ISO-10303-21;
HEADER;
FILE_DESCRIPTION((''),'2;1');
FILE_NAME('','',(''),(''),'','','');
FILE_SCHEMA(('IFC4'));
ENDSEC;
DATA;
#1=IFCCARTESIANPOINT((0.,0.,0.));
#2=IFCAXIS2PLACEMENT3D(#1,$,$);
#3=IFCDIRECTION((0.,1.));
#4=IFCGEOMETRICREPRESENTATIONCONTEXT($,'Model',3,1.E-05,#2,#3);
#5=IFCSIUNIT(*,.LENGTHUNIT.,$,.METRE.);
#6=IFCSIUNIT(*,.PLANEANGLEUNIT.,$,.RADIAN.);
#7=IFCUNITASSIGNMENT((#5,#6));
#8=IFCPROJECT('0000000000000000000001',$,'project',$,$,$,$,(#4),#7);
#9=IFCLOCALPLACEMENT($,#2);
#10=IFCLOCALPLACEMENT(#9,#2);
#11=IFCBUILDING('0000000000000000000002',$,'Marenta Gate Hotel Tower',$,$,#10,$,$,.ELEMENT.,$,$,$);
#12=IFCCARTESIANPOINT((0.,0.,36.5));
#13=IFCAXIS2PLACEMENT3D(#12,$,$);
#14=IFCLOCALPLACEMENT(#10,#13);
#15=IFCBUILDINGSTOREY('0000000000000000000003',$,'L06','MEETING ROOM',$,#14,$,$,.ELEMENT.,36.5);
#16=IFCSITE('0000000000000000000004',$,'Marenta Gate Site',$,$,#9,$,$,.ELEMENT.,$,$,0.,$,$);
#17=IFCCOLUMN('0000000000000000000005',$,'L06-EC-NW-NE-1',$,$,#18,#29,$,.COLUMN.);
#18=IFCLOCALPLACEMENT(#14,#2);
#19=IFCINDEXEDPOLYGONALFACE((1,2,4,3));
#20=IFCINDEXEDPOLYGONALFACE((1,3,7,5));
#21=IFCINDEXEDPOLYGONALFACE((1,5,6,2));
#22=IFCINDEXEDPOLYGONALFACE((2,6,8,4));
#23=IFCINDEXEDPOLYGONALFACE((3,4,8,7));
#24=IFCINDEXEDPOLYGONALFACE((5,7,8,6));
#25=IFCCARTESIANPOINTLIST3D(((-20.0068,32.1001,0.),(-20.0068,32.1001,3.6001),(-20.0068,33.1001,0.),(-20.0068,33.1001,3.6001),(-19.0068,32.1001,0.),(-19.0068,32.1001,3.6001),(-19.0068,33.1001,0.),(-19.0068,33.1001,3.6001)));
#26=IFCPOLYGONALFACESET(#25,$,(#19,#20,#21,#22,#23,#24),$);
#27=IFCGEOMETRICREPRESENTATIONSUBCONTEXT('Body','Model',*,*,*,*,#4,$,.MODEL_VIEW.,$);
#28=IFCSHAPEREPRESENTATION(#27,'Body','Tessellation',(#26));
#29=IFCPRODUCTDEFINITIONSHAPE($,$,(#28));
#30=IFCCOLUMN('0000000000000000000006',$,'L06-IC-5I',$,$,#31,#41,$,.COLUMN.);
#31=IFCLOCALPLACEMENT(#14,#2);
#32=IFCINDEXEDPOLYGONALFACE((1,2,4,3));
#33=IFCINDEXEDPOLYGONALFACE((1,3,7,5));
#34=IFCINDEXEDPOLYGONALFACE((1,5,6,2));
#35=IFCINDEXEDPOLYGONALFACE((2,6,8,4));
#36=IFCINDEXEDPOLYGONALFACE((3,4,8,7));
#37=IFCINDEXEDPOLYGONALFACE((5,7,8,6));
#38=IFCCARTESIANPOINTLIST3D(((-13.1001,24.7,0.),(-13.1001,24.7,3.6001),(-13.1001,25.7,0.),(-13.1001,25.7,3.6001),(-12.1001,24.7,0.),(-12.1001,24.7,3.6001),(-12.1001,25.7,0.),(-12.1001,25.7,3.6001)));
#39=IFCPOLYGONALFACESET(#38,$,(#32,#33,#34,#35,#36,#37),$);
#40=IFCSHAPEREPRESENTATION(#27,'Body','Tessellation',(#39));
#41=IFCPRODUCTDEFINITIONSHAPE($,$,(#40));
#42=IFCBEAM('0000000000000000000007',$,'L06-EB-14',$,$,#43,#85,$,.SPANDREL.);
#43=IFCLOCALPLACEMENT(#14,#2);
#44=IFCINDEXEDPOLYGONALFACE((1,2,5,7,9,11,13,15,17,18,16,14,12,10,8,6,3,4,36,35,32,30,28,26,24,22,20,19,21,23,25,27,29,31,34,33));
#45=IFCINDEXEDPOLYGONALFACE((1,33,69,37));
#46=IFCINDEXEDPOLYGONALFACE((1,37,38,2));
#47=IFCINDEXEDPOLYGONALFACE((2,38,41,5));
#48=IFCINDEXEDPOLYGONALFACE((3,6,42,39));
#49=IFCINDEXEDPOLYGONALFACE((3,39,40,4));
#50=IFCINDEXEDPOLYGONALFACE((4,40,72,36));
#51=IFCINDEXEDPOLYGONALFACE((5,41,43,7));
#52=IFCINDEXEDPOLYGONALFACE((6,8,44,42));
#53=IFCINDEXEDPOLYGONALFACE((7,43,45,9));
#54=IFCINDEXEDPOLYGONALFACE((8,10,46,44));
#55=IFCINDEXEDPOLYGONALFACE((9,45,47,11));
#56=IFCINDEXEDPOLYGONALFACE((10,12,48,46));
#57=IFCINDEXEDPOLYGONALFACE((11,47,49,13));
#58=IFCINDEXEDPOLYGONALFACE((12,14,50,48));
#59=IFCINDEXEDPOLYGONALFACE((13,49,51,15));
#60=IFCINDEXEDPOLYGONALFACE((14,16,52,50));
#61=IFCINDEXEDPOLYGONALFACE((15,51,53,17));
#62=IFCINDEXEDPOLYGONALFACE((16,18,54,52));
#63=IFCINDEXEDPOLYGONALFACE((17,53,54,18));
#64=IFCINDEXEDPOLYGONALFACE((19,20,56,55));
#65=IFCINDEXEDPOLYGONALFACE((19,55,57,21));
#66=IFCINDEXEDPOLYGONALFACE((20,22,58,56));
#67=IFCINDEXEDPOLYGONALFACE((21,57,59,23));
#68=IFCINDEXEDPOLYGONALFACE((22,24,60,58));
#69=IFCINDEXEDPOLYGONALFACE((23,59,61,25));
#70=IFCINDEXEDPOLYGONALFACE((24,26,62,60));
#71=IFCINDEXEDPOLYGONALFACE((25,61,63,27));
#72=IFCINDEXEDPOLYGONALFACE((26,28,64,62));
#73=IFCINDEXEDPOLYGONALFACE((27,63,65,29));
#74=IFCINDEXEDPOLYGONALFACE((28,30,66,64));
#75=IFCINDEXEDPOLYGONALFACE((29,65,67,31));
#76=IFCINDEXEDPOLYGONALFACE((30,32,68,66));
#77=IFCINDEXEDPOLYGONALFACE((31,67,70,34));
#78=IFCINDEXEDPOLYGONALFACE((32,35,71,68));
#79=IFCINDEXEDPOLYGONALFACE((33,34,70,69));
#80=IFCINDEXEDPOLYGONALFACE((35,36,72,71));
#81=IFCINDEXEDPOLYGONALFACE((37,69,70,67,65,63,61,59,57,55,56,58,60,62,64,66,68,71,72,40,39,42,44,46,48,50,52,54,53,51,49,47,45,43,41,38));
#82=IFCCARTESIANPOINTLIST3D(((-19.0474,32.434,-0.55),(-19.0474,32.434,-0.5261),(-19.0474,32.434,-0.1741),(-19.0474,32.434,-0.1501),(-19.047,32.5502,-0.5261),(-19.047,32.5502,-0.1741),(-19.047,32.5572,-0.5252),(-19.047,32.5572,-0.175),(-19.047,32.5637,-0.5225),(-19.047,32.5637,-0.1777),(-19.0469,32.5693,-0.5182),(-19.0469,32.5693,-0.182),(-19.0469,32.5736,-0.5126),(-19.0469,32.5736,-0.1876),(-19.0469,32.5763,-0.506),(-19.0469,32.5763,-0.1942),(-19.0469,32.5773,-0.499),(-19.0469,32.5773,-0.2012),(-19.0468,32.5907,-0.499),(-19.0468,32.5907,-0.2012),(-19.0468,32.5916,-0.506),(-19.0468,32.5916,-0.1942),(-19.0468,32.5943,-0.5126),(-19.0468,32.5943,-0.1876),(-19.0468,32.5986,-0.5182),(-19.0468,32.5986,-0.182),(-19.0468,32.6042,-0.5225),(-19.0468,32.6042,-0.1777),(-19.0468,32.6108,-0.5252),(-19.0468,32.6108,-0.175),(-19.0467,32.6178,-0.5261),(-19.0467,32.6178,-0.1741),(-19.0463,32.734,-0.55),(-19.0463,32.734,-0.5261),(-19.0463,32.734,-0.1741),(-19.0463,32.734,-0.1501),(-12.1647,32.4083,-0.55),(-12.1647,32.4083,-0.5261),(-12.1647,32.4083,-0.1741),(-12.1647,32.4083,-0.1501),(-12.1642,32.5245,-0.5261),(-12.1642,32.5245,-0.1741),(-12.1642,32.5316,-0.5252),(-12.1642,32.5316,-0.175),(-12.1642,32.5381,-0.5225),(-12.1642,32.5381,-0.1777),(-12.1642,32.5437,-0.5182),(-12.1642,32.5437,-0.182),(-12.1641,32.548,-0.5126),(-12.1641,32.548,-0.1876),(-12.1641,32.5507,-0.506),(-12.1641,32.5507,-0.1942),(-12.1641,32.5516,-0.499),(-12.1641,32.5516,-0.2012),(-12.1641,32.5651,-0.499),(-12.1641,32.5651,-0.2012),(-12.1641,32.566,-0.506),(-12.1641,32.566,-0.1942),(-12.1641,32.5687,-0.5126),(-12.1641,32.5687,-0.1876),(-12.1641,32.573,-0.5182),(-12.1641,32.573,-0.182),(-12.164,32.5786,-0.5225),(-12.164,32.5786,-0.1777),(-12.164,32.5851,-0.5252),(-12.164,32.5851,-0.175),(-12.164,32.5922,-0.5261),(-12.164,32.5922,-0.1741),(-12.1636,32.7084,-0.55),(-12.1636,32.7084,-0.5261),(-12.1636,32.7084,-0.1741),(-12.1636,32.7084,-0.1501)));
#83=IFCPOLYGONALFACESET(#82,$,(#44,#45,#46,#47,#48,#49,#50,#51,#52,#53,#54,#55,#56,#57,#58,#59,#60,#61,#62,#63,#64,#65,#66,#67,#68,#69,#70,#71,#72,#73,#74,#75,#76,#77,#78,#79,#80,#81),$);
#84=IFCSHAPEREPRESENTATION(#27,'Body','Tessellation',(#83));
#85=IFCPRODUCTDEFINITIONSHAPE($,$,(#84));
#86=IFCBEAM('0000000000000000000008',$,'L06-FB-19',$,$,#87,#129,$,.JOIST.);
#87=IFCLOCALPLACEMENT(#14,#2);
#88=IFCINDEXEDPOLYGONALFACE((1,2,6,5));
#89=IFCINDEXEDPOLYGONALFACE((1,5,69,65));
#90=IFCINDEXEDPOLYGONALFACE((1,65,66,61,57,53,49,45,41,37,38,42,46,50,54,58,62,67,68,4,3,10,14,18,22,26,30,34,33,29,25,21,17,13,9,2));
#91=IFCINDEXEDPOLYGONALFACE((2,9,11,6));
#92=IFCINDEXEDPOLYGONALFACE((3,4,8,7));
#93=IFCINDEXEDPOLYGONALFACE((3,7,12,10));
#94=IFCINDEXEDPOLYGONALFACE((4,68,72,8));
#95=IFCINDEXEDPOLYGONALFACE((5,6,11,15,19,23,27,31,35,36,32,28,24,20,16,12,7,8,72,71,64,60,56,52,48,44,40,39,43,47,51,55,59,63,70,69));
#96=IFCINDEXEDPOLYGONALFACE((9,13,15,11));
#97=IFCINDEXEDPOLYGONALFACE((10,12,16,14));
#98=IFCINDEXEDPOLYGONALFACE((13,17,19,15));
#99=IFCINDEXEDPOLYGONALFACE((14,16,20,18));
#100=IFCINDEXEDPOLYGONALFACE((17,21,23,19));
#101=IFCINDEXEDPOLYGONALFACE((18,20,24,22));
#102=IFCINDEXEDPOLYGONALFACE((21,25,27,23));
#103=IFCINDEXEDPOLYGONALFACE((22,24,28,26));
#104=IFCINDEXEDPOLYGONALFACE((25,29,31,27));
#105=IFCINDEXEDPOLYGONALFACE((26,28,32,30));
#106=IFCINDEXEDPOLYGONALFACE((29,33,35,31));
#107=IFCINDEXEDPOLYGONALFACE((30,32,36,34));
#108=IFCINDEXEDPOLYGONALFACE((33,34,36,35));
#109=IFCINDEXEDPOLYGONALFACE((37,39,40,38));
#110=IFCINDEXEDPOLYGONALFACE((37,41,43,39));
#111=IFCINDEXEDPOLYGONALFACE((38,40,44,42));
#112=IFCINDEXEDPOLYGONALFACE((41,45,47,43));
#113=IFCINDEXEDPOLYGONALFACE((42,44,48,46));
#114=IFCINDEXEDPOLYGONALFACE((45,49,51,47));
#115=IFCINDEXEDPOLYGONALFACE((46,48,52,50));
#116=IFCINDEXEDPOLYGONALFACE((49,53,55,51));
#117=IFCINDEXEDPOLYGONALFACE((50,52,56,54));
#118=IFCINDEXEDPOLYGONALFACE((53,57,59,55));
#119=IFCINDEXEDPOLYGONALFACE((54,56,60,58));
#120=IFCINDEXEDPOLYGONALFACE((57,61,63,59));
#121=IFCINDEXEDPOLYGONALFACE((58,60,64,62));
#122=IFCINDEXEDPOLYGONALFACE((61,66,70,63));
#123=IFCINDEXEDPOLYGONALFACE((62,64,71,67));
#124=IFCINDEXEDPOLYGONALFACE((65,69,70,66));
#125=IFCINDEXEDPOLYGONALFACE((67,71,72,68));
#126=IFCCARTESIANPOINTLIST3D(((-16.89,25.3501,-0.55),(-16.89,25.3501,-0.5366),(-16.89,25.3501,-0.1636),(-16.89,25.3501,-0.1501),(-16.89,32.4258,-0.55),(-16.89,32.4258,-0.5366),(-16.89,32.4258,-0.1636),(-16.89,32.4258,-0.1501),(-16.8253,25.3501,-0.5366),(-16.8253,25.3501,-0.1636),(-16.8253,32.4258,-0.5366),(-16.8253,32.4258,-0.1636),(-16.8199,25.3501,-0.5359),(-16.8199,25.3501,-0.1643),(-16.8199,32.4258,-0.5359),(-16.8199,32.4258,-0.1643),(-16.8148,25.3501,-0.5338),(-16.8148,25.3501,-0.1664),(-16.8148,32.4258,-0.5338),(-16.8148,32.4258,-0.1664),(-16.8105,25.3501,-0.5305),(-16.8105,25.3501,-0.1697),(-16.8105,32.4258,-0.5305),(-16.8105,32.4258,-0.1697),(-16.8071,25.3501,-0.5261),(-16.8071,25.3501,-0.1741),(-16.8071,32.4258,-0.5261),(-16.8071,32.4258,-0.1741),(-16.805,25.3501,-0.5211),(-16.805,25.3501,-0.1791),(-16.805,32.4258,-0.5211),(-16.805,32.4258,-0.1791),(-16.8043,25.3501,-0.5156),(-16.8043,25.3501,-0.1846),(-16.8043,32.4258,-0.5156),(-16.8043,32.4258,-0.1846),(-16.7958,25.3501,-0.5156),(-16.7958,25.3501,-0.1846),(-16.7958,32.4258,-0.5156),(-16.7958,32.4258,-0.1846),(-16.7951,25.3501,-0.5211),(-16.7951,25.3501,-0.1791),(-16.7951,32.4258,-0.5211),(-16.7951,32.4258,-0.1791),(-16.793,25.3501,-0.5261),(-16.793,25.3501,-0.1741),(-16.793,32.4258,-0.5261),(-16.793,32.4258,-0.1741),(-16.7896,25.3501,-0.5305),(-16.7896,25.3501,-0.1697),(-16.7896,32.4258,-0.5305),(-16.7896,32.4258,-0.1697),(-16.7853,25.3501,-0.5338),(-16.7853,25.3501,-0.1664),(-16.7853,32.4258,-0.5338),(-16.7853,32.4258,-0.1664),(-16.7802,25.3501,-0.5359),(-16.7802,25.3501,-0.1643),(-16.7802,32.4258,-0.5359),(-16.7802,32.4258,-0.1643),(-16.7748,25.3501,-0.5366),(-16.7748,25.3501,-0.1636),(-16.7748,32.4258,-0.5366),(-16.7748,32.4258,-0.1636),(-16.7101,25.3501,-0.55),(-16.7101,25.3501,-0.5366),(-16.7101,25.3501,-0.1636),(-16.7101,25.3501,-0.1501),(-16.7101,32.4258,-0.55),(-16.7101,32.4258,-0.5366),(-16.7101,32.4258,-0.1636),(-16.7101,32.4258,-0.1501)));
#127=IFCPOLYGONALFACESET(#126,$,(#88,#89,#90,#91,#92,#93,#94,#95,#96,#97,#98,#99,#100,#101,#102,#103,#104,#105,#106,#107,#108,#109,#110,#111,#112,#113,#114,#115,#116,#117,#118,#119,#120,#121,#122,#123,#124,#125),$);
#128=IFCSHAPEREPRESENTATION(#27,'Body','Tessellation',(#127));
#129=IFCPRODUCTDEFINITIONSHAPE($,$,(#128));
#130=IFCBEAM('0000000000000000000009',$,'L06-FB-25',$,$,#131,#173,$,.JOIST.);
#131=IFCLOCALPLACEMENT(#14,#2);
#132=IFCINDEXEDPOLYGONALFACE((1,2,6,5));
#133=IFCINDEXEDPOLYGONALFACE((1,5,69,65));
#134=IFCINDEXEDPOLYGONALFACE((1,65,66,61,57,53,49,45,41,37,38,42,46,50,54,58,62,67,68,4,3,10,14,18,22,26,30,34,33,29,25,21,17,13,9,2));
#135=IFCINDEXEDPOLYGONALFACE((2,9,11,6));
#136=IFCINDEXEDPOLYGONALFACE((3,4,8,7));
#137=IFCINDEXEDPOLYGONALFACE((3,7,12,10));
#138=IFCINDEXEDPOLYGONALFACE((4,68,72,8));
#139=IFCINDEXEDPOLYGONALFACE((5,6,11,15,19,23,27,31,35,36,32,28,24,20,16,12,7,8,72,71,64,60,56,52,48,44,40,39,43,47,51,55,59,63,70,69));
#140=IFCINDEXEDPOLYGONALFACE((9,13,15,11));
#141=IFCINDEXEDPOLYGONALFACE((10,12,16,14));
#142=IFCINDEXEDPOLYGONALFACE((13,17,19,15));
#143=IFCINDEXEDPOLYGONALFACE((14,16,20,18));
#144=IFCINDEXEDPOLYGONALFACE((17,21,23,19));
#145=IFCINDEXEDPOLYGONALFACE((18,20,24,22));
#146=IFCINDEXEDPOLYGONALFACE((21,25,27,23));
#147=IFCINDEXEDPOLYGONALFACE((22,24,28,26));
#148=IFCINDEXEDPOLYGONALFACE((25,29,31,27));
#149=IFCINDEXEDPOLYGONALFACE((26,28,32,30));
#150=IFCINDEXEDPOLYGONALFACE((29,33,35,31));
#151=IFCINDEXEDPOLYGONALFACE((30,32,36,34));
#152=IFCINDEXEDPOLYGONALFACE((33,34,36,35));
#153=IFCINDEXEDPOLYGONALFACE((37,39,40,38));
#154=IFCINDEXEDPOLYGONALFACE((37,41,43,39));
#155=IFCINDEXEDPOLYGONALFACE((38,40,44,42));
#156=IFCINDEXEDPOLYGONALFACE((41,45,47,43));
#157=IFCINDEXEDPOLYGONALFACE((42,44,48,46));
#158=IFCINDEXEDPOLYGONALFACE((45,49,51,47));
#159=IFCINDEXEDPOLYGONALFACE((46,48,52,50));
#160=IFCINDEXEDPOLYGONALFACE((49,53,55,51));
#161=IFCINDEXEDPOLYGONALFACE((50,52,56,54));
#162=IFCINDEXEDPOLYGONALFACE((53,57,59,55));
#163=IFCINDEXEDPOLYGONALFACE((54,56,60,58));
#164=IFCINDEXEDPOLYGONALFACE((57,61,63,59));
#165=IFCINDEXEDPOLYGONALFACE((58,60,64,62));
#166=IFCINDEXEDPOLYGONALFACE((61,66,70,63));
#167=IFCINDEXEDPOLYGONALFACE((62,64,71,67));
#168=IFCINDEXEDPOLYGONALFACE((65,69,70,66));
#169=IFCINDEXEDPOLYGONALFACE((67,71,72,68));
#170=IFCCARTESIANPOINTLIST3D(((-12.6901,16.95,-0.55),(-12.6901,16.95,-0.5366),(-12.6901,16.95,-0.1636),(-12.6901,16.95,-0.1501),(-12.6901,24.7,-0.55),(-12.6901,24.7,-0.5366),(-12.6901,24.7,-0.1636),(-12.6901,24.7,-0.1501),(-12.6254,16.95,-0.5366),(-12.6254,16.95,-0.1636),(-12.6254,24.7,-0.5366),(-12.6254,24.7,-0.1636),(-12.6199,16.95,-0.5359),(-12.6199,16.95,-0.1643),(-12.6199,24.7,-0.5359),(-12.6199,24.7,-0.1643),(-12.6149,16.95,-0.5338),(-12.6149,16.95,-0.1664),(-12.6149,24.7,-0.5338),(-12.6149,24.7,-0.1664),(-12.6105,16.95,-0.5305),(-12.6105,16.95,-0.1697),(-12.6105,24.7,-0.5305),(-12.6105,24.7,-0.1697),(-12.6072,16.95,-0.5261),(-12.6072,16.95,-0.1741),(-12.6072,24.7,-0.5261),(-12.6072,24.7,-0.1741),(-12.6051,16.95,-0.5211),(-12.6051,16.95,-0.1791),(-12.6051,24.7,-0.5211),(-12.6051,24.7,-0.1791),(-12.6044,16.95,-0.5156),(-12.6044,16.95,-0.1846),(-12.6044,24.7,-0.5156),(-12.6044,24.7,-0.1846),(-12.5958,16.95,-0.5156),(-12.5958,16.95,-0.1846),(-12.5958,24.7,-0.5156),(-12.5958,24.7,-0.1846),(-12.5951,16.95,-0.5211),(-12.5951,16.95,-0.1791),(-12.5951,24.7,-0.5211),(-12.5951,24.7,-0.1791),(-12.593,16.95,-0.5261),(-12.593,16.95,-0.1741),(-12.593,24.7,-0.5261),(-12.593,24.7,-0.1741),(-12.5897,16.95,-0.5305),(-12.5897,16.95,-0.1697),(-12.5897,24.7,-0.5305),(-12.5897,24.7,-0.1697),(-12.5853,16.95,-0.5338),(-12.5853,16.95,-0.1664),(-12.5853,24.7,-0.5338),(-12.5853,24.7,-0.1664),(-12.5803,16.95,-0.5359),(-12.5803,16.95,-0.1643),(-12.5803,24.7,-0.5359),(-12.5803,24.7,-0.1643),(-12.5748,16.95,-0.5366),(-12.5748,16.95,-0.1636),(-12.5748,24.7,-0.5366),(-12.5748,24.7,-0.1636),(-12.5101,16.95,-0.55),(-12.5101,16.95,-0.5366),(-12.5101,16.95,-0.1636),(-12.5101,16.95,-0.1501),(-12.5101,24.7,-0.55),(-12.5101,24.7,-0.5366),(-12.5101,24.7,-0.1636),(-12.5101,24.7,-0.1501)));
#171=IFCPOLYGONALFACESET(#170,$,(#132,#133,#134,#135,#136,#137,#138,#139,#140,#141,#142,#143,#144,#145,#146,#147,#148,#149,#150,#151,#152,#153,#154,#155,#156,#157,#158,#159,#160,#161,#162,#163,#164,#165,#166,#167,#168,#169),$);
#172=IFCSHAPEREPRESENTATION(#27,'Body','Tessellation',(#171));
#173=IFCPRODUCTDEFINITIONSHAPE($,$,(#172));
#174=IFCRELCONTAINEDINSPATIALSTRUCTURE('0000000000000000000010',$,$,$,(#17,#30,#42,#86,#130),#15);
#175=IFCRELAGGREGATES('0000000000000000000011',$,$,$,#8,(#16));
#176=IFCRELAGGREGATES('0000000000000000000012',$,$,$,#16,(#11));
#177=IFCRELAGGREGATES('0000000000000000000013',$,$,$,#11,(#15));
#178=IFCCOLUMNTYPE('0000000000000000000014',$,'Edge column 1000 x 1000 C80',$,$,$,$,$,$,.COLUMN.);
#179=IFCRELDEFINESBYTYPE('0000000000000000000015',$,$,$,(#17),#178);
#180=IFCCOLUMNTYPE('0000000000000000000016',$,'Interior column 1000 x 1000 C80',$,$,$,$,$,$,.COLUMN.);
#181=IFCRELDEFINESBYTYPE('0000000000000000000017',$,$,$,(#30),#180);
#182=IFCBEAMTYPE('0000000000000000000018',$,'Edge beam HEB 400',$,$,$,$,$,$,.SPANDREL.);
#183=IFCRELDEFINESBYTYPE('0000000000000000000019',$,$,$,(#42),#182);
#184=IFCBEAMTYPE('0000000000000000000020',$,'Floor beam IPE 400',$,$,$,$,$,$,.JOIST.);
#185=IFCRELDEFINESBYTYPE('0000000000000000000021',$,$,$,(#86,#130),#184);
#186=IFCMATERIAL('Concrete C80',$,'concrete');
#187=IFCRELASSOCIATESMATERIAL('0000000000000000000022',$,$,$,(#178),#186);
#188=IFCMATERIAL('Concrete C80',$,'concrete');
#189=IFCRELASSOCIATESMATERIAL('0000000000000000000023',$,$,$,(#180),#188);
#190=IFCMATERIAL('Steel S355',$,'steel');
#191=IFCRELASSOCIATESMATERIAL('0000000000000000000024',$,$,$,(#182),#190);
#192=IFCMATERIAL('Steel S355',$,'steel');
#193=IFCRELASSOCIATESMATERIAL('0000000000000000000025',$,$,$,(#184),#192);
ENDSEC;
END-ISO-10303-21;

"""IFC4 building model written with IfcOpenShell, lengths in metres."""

from ifc_helpers import new_model, si_unit, direction, frame, origin, origin_2d, place, context, subcontext, project, spatial, rectangle, i_section, extrude, material, material_profile, profile_set, type_object, element, save


model = new_model("IFC4")

# Units and contexts
model_context = context("Model", 3, precision=1e-05, world=origin(), true_north=direction((0.0, 1.0)))
body_context = subcontext(model_context, "Body", "Model", "MODEL_VIEW")
ifc_project = project(units=[si_unit("LENGTHUNIT", "METRE"), si_unit("PLANEANGLEUNIT", "RADIAN")], contexts=[model_context])

# Site, building, storey
site_placement = place(None, origin())
site = spatial("IfcSite", under=ifc_project, at=site_placement, Name="Marenta Gate Site", CompositionType="ELEMENT", RefElevation=0.0)
building_placement = place(site_placement, origin())
building = spatial("IfcBuilding", under=site, at=building_placement, Name="Marenta Gate Hotel Tower", CompositionType="ELEMENT")
storey_placement = place(building_placement, frame((0.0, 0.0, 36.5)))
storey = spatial("IfcBuildingStorey", under=building, at=storey_placement, Name="L06", Description="MEETING ROOM", CompositionType="ELEMENT", Elevation=36.5)

# Columns
ifc_material_1 = material(Name="Concrete C80", Category="concrete")
ifc_material_profile_1 = material_profile(ifc_material_1, rectangle(XDim=1.0, YDim=1.0, at=origin_2d()), Name="1000 x 1000")
ifc_profile_set_1 = profile_set([ifc_material_profile_1], Name="Concrete C80")
column_type_1 = type_object("IfcColumnType", Name="Edge column 1000 x 1000 C80", PredefinedType="COLUMN", material=ifc_profile_set_1)
column_1_placement = place(storey_placement, frame((-19.5068, 32.6001, 0.0), z_axis=(0.0, 0.0, 1.0), x_axis=(1.0, 0.0, 0.0)))
element("IfcColumn", 1, at=column_1_placement, inside=storey, type_object=column_type_1, Name="L06-EC-NW-NE-1", PredefinedType="COLUMN", context=body_context, shape_type="SweptSolid", body=[
    extrude(rectangle(XDim=1.0, YDim=1.0, at=origin_2d()), origin(), (0.0, 0.0, 1.0), 3.6001),
])
ifc_material_2 = material(Name="Concrete C80", Category="concrete")
ifc_material_profile_2 = material_profile(ifc_material_2, rectangle(XDim=1.0, YDim=1.0, at=origin_2d()), Name="1000 x 1000")
ifc_profile_set_2 = profile_set([ifc_material_profile_2], Name="Concrete C80")
column_type_2 = type_object("IfcColumnType", Name="Interior column 1000 x 1000 C80", PredefinedType="COLUMN", material=ifc_profile_set_2)
column_2_placement = place(storey_placement, frame((-12.6001, 25.2, 0.0), z_axis=(0.0, 0.0, 1.0), x_axis=(1.0, 0.0, 0.0)))
element("IfcColumn", 2, at=column_2_placement, inside=storey, type_object=column_type_2, Name="L06-IC-5I", PredefinedType="COLUMN", context=body_context, shape_type="SweptSolid", body=[
    extrude(rectangle(XDim=1.0, YDim=1.0, at=origin_2d()), origin(), (0.0, 0.0, 1.0), 3.6001),
])

# Beams
ifc_material_3 = material(Name="Steel S355", Category="steel")
ifc_material_profile_3 = material_profile(ifc_material_3, i_section(OverallWidth=0.3, OverallDepth=0.3999, WebThickness=0.0134, FlangeThickness=0.0239, FilletRadius=0.0271, at=origin_2d()), Name="HEB 400")
ifc_profile_set_3 = profile_set([ifc_material_profile_3], Name="Steel S355")
beam_type_1 = type_object("IfcBeamType", Name="Edge beam HEB 400", PredefinedType="SPANDREL", material=ifc_profile_set_3)
beam_1_placement = place(storey_placement, frame((-19.0469, 32.584, -0.3501), z_axis=(0.999993, -0.003724, 0.0), x_axis=(0.003724, 0.999993, 0.0)))
element("IfcBeam", 3, at=beam_1_placement, inside=storey, type_object=beam_type_1, Name="L06-EB-14", PredefinedType="SPANDREL", context=body_context, shape_type="SweptSolid", body=[
    extrude(i_section(OverallWidth=0.3, OverallDepth=0.3999, WebThickness=0.0134, FlangeThickness=0.0239, FilletRadius=0.0271, at=origin_2d()), origin(), (0.0, 0.0, 1.0), 6.8828),
])
ifc_material_4 = material(Name="Steel S355", Category="steel")
ifc_material_profile_4 = material_profile(ifc_material_4, i_section(OverallWidth=0.1799, OverallDepth=0.3999, WebThickness=0.0085, FlangeThickness=0.0134, FilletRadius=0.021, at=origin_2d()), Name="IPE 400")
ifc_profile_set_4 = profile_set([ifc_material_profile_4], Name="Steel S355")
beam_type_2 = type_object("IfcBeamType", Name="Floor beam IPE 400", PredefinedType="JOIST", material=ifc_profile_set_4)
beam_2_placement = place(storey_placement, frame((-16.8, 25.3501, -0.3501), z_axis=(0.0, 1.0, 0.0), x_axis=(-1.0, 0.0, 0.0)))
element("IfcBeam", 4, at=beam_2_placement, inside=storey, type_object=beam_type_2, Name="L06-FB-19", PredefinedType="JOIST", context=body_context, shape_type="SweptSolid", body=[
    extrude(i_section(OverallWidth=0.1799, OverallDepth=0.3999, WebThickness=0.0085, FlangeThickness=0.0134, FilletRadius=0.021, at=origin_2d()), origin(), (0.0, 0.0, 1.0), 7.0757),
])
beam_3_placement = place(storey_placement, frame((-12.6001, 16.95, -0.3501), z_axis=(0.0, 1.0, 0.0), x_axis=(-1.0, 0.0, 0.0)))
element("IfcBeam", 5, at=beam_3_placement, inside=storey, type_object=beam_type_2, Name="L06-FB-25", PredefinedType="JOIST", context=body_context, shape_type="SweptSolid", body=[
    extrude(i_section(OverallWidth=0.1799, OverallDepth=0.3999, WebThickness=0.0085, FlangeThickness=0.0134, FilletRadius=0.021, at=origin_2d()), origin(), (0.0, 0.0, 1.0), 7.75),
])

save(model, "model.ifc")
